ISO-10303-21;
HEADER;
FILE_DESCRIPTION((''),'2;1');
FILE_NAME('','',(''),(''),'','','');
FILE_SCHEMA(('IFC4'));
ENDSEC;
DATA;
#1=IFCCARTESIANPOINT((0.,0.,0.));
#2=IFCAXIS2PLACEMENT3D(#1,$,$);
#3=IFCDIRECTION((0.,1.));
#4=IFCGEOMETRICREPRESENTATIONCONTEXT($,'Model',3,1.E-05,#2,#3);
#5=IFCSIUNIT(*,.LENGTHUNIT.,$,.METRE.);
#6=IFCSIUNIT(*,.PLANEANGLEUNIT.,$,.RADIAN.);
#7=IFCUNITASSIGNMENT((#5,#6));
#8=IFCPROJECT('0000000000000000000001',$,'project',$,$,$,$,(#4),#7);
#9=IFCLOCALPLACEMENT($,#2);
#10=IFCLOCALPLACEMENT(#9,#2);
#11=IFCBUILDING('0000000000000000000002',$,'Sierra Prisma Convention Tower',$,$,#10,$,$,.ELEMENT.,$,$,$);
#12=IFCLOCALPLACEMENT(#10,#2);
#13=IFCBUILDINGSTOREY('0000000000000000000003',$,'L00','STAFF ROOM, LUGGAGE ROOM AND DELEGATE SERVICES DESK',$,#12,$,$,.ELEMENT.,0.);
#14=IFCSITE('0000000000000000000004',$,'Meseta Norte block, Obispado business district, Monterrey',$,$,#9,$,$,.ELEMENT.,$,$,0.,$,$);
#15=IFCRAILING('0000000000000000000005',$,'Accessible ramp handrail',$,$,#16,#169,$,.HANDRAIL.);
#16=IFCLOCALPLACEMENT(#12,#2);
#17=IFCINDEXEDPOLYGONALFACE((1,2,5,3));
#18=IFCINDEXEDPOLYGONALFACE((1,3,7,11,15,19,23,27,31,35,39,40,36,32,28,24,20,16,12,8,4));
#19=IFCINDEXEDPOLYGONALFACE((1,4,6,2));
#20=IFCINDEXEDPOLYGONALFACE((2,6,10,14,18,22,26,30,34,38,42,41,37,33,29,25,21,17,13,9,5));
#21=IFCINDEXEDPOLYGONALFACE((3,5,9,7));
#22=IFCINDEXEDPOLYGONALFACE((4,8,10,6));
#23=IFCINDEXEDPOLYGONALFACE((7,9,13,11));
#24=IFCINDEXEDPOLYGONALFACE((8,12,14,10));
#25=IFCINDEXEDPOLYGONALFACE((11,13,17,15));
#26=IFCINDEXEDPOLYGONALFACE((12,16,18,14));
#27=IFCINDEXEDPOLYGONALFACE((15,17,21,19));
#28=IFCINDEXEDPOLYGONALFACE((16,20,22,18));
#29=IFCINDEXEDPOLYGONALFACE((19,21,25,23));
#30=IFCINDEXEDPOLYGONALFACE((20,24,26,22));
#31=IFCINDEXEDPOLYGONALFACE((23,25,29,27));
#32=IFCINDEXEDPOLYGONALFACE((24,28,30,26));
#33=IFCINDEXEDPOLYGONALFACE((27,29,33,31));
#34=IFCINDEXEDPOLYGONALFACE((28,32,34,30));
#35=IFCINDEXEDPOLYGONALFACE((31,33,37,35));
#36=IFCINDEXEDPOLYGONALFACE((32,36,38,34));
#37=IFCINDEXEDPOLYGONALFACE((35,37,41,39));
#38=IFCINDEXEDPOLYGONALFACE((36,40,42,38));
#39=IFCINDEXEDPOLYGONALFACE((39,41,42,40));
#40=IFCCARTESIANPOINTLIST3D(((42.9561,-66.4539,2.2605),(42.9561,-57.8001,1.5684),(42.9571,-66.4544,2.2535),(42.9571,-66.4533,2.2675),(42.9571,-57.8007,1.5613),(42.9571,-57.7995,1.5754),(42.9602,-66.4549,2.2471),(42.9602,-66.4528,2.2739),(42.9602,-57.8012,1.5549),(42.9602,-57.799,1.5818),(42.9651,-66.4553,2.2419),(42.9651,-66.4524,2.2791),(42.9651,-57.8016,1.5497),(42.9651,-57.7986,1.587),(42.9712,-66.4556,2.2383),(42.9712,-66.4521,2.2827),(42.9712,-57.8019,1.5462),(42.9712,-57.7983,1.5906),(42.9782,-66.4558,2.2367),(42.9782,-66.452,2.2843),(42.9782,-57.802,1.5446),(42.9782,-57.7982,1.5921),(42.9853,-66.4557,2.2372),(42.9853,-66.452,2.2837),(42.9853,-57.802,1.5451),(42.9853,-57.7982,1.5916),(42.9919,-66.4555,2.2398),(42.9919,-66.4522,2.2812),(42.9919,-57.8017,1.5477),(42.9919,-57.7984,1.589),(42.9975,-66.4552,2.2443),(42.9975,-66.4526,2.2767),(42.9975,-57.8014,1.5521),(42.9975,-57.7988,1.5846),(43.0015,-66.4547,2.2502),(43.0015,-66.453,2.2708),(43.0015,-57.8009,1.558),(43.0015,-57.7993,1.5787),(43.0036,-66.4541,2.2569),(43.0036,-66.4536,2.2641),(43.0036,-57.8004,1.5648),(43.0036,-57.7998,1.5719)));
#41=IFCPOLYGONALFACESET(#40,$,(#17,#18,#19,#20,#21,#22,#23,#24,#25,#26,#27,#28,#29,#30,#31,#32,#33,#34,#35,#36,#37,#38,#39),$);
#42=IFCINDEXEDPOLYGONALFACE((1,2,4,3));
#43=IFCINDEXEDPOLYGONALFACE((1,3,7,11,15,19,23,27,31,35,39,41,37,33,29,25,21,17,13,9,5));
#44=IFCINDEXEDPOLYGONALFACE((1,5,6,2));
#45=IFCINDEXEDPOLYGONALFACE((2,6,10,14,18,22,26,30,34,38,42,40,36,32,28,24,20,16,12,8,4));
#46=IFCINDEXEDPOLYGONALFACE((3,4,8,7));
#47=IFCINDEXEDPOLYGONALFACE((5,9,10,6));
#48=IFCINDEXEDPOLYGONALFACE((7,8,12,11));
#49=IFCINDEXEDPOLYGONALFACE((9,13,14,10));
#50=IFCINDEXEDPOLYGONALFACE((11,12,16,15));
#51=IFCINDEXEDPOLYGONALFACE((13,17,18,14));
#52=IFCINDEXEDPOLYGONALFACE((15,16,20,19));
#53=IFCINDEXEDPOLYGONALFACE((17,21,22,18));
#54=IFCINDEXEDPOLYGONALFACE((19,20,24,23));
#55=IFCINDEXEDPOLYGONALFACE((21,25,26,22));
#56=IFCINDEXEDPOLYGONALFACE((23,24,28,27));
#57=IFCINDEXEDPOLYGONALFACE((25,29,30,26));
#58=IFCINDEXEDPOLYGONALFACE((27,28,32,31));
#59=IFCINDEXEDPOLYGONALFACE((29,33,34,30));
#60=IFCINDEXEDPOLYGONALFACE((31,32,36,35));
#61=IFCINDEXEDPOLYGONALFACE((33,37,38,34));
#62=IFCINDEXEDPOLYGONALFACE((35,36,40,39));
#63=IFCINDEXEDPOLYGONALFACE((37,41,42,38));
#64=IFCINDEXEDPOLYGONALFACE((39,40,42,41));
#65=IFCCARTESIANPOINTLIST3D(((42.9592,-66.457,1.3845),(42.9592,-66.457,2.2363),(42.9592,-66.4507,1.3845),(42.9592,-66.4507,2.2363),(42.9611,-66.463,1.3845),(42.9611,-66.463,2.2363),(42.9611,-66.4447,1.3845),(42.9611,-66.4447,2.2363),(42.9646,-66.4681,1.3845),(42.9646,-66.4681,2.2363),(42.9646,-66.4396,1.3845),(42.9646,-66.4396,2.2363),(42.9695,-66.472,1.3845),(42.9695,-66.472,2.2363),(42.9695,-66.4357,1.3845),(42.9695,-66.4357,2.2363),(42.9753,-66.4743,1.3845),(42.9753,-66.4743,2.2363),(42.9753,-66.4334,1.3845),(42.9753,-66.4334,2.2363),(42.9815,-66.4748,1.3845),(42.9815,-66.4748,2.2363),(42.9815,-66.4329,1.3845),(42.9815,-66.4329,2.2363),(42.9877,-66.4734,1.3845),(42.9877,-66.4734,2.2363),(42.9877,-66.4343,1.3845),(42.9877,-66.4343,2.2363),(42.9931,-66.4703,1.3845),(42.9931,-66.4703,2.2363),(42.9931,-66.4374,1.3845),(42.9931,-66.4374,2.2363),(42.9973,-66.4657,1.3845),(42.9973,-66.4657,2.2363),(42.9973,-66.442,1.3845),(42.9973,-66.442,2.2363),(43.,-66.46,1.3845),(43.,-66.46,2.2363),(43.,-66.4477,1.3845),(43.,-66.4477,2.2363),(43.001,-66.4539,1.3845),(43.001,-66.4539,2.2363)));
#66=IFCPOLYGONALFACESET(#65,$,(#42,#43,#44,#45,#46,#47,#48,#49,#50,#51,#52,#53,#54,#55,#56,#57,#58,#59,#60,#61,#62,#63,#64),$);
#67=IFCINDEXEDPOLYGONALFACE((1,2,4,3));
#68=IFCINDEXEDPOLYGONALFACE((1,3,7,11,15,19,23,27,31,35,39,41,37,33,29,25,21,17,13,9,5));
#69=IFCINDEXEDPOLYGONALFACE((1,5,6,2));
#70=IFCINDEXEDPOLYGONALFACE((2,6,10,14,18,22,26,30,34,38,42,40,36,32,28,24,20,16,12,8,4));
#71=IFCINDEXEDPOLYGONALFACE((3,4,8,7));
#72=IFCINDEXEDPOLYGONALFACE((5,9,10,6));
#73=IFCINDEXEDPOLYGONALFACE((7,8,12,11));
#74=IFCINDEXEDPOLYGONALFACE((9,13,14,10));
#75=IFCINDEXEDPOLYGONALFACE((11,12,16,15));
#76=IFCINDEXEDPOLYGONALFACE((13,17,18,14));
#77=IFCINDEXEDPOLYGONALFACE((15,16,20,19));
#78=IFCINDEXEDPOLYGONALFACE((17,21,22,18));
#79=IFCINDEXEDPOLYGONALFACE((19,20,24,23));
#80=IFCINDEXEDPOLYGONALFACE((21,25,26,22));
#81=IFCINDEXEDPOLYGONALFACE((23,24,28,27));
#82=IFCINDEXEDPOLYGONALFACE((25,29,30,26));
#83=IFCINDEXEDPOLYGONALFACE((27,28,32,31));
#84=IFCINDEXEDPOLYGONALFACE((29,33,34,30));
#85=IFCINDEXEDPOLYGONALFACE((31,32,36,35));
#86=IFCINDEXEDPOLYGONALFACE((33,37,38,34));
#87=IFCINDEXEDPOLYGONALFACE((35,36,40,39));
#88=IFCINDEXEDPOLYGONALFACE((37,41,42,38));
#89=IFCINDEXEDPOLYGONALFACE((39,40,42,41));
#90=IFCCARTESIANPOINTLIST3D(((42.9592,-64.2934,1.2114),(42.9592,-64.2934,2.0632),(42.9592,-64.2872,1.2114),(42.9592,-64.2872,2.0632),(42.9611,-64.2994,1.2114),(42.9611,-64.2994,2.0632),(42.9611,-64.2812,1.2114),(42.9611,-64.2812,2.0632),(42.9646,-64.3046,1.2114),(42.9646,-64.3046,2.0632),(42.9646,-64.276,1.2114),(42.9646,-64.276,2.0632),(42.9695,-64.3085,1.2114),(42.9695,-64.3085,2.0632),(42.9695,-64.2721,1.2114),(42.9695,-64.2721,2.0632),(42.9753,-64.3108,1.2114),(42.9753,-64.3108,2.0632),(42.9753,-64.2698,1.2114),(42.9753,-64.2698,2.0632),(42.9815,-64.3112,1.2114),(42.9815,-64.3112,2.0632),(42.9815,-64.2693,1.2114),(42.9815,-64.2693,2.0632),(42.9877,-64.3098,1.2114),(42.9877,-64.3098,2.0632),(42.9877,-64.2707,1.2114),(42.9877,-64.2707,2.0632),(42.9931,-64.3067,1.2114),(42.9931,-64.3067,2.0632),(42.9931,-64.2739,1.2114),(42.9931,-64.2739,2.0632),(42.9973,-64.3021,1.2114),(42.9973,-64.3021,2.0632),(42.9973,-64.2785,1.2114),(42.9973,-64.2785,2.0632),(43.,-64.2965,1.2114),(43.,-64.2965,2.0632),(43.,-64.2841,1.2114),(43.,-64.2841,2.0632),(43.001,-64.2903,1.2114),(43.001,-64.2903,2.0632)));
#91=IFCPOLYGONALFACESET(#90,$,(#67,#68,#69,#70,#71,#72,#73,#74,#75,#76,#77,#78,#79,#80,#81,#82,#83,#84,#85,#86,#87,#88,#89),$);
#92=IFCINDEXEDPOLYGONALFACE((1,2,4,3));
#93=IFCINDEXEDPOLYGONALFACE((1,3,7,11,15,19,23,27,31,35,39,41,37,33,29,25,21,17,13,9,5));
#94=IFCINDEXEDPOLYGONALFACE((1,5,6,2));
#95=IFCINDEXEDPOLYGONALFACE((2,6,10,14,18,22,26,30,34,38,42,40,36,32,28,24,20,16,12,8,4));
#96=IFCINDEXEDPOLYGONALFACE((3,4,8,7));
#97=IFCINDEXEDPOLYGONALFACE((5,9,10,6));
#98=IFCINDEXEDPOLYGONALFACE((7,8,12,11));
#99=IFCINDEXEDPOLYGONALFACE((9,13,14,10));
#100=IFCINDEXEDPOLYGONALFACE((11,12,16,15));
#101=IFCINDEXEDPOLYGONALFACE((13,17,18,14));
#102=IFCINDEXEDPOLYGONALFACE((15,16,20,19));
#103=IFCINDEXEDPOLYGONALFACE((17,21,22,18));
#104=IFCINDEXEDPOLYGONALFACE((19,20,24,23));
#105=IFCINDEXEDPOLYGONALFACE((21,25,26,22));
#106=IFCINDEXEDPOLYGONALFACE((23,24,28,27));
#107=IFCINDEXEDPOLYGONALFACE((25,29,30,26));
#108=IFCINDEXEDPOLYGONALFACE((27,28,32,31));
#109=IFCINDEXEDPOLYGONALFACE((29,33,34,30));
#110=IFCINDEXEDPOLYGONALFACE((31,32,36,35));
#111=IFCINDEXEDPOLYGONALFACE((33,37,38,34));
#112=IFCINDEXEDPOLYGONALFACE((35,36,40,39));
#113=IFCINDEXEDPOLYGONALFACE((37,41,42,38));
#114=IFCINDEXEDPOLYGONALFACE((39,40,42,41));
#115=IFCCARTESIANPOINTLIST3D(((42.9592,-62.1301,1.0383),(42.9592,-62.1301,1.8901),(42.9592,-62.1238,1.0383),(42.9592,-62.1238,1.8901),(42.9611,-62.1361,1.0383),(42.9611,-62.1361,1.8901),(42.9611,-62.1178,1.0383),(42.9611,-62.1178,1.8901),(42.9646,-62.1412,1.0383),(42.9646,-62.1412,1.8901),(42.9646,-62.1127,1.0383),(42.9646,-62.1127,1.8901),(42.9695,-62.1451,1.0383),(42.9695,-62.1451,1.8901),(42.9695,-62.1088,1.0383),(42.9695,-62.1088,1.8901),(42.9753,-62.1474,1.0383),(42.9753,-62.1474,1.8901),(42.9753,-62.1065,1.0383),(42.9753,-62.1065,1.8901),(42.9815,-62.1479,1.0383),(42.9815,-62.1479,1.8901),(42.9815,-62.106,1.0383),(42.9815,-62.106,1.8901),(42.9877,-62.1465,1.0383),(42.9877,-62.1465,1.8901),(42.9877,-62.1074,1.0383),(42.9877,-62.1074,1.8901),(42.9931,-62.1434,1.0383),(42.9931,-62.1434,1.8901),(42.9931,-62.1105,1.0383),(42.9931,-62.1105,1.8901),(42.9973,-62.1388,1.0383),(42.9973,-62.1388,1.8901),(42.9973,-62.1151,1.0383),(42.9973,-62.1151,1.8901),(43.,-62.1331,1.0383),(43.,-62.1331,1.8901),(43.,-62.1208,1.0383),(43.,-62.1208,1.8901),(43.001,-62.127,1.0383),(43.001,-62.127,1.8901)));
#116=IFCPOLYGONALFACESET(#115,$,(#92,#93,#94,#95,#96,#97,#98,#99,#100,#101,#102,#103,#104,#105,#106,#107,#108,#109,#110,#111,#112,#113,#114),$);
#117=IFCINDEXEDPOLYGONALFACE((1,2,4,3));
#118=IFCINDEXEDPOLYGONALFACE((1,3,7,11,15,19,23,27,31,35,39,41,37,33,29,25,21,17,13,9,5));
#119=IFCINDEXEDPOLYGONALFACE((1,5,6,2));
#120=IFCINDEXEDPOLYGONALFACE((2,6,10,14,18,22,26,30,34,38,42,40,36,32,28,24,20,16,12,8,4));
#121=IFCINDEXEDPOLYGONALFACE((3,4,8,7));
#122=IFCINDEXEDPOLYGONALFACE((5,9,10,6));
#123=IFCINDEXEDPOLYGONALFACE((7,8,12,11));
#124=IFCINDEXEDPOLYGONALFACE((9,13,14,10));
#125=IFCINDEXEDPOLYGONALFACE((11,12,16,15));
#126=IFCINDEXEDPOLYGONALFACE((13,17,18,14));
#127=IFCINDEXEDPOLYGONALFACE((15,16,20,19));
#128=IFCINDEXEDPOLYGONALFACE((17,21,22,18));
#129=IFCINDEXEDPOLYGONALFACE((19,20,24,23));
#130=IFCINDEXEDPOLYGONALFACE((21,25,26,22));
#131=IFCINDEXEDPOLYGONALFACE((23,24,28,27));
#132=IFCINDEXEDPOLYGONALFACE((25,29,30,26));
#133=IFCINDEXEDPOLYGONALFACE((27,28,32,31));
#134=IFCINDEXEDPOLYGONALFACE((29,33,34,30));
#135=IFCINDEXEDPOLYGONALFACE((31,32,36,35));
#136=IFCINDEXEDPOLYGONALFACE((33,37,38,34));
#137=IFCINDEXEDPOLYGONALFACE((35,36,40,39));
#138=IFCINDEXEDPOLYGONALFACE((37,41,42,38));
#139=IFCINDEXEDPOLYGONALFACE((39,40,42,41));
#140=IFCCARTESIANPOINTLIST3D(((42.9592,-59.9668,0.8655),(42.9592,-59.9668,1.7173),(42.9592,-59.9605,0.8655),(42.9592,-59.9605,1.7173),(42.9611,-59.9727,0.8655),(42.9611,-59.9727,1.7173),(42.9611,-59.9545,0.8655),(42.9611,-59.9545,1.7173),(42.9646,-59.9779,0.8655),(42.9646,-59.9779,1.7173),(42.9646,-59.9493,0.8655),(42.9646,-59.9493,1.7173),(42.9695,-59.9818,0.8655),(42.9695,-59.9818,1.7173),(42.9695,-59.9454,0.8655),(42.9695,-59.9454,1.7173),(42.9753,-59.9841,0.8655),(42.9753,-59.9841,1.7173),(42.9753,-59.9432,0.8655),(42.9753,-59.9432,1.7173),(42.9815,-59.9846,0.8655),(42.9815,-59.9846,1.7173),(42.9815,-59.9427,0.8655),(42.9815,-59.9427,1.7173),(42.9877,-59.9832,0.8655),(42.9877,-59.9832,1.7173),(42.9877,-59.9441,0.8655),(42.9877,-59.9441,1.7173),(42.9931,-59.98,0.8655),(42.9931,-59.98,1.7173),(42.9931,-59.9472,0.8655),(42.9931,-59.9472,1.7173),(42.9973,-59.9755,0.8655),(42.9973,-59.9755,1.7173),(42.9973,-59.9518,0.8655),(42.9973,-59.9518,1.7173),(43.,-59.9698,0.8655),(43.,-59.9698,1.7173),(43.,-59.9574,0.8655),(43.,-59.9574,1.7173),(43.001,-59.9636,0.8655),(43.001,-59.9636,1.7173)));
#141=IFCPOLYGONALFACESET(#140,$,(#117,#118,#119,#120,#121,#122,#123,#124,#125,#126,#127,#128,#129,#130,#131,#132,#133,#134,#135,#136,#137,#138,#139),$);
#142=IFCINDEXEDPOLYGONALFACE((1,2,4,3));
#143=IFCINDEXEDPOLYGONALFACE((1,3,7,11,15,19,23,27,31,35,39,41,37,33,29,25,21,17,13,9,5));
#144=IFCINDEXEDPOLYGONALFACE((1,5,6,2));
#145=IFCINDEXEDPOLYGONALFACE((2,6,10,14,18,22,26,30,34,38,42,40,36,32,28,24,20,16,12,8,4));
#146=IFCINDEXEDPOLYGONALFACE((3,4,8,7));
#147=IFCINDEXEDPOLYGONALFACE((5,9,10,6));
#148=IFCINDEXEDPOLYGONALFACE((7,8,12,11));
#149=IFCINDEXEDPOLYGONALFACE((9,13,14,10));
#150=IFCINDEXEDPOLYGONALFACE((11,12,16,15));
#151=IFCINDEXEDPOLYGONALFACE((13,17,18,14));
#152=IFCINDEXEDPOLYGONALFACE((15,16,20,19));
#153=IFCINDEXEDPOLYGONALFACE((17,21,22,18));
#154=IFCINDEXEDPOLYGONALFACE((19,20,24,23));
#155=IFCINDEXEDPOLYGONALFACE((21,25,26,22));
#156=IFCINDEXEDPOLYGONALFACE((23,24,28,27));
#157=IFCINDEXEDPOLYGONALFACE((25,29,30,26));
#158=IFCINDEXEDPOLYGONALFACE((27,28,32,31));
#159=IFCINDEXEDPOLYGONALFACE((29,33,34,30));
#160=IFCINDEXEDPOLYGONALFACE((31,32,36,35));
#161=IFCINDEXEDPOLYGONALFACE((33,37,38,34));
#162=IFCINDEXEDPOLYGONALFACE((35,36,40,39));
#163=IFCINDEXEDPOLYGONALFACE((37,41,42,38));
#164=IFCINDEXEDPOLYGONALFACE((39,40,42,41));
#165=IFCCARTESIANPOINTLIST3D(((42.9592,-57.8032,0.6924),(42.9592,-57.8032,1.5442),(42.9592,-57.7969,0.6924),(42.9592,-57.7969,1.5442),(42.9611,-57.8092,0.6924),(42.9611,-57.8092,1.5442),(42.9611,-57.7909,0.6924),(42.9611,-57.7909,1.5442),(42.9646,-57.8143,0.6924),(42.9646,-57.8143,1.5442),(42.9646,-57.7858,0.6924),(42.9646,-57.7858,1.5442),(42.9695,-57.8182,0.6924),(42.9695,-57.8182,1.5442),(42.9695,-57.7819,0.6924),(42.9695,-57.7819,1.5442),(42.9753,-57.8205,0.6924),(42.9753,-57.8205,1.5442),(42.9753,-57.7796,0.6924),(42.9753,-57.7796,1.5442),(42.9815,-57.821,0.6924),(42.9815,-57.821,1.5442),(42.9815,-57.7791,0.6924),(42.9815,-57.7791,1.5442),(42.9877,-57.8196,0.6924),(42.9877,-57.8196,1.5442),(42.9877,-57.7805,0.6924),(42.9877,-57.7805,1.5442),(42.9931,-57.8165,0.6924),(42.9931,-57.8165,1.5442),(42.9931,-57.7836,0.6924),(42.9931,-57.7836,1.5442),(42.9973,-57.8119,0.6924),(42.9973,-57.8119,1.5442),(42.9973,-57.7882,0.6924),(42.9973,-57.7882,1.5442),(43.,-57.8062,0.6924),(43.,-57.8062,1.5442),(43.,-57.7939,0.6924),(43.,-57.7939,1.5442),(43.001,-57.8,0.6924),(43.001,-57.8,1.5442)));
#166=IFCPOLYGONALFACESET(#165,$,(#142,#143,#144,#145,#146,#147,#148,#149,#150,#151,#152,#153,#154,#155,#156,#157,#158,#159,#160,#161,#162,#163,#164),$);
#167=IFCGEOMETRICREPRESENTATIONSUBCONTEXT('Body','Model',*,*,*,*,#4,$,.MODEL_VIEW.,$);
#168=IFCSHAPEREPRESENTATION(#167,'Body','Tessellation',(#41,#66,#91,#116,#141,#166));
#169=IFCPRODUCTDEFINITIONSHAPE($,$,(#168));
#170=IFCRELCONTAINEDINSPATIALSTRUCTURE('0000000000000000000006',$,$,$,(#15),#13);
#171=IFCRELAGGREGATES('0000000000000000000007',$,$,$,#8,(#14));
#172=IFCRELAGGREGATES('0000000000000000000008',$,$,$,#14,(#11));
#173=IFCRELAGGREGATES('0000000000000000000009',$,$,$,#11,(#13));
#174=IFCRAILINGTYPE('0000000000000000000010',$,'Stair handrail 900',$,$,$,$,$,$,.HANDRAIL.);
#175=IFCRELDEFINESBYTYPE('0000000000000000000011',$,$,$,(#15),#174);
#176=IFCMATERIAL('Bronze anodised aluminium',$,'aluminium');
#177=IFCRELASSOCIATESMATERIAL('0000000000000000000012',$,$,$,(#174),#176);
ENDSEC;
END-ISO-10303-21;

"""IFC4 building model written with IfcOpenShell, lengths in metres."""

from ifc_helpers import new_model, si_unit, direction, frame, origin, origin_2d, place, context, subcontext, project, spatial, circle, extrude, material, type_object, element, save


model = new_model("IFC4")

# Units and contexts
model_context = context("Model", 3, precision=1e-05, world=origin(), true_north=direction((0.0, 1.0)))
body_context = subcontext(model_context, "Body", "Model", "MODEL_VIEW")
ifc_project = project(units=[si_unit("LENGTHUNIT", "METRE"), si_unit("PLANEANGLEUNIT", "RADIAN")], contexts=[model_context])

# Site, building, storey
site_placement = place(None, origin())
site = spatial("IfcSite", under=ifc_project, at=site_placement, Name="Meseta Norte block, Obispado business district, Monterrey", CompositionType="ELEMENT", RefElevation=0.0)
building_placement = place(site_placement, origin())
building = spatial("IfcBuilding", under=site, at=building_placement, Name="Sierra Prisma Convention Tower", CompositionType="ELEMENT")
storey_placement = place(building_placement, origin())
storey = spatial("IfcBuildingStorey", under=building, at=storey_placement, Name="L00", Description="STAFF ROOM, LUGGAGE ROOM AND DELEGATE SERVICES DESK", CompositionType="ELEMENT", Elevation=0.0)

# Railing
ifc_material_1 = material(Name="Bronze anodised aluminium", Category="aluminium")
railing_type_1 = type_object("IfcRailingType", Name="Stair handrail 900", PredefinedType="HANDRAIL", material=ifc_material_1)
for number, where, name in (
    (1, (42.98, -66.4539, 1.3845), "Accessible ramp handrail"),
):
    element("IfcRailing", number, at=place(storey_placement, frame(where)), inside=storey, type_object=railing_type_1, Name=name, PredefinedType="HANDRAIL", context=body_context, shape_type="SweptSolid", body=[
        extrude(circle(Radius=0.0239, at=origin_2d()), frame((0.0, 0.0, 0.876), z_axis=(0.0, 0.996817, -0.079726), x_axis=(-1.0, 0.0, 0.0)), (0.0, 0.0, 1.0), 8.6814),
        extrude(circle(Radius=0.021, at=origin_2d()), origin(), (0.0, 0.0, 1.0), 0.8518),
        extrude(circle(Radius=0.021, at=origin_2d()), frame((0.0, 2.1636, -0.1731)), (0.0, 0.0, 1.0), 0.8518),
        extrude(circle(Radius=0.021, at=origin_2d()), frame((0.0, 4.3269, -0.3462)), (0.0, 0.0, 1.0), 0.8518),
        extrude(circle(Radius=0.021, at=origin_2d()), frame((0.0, 6.4902, -0.519)), (0.0, 0.0, 1.0), 0.8518),
        extrude(circle(Radius=0.021, at=origin_2d()), frame((0.0, 8.6538, -0.6921)), (0.0, 0.0, 1.0), 0.8518),
    ])

save(model, "model.ifc")
